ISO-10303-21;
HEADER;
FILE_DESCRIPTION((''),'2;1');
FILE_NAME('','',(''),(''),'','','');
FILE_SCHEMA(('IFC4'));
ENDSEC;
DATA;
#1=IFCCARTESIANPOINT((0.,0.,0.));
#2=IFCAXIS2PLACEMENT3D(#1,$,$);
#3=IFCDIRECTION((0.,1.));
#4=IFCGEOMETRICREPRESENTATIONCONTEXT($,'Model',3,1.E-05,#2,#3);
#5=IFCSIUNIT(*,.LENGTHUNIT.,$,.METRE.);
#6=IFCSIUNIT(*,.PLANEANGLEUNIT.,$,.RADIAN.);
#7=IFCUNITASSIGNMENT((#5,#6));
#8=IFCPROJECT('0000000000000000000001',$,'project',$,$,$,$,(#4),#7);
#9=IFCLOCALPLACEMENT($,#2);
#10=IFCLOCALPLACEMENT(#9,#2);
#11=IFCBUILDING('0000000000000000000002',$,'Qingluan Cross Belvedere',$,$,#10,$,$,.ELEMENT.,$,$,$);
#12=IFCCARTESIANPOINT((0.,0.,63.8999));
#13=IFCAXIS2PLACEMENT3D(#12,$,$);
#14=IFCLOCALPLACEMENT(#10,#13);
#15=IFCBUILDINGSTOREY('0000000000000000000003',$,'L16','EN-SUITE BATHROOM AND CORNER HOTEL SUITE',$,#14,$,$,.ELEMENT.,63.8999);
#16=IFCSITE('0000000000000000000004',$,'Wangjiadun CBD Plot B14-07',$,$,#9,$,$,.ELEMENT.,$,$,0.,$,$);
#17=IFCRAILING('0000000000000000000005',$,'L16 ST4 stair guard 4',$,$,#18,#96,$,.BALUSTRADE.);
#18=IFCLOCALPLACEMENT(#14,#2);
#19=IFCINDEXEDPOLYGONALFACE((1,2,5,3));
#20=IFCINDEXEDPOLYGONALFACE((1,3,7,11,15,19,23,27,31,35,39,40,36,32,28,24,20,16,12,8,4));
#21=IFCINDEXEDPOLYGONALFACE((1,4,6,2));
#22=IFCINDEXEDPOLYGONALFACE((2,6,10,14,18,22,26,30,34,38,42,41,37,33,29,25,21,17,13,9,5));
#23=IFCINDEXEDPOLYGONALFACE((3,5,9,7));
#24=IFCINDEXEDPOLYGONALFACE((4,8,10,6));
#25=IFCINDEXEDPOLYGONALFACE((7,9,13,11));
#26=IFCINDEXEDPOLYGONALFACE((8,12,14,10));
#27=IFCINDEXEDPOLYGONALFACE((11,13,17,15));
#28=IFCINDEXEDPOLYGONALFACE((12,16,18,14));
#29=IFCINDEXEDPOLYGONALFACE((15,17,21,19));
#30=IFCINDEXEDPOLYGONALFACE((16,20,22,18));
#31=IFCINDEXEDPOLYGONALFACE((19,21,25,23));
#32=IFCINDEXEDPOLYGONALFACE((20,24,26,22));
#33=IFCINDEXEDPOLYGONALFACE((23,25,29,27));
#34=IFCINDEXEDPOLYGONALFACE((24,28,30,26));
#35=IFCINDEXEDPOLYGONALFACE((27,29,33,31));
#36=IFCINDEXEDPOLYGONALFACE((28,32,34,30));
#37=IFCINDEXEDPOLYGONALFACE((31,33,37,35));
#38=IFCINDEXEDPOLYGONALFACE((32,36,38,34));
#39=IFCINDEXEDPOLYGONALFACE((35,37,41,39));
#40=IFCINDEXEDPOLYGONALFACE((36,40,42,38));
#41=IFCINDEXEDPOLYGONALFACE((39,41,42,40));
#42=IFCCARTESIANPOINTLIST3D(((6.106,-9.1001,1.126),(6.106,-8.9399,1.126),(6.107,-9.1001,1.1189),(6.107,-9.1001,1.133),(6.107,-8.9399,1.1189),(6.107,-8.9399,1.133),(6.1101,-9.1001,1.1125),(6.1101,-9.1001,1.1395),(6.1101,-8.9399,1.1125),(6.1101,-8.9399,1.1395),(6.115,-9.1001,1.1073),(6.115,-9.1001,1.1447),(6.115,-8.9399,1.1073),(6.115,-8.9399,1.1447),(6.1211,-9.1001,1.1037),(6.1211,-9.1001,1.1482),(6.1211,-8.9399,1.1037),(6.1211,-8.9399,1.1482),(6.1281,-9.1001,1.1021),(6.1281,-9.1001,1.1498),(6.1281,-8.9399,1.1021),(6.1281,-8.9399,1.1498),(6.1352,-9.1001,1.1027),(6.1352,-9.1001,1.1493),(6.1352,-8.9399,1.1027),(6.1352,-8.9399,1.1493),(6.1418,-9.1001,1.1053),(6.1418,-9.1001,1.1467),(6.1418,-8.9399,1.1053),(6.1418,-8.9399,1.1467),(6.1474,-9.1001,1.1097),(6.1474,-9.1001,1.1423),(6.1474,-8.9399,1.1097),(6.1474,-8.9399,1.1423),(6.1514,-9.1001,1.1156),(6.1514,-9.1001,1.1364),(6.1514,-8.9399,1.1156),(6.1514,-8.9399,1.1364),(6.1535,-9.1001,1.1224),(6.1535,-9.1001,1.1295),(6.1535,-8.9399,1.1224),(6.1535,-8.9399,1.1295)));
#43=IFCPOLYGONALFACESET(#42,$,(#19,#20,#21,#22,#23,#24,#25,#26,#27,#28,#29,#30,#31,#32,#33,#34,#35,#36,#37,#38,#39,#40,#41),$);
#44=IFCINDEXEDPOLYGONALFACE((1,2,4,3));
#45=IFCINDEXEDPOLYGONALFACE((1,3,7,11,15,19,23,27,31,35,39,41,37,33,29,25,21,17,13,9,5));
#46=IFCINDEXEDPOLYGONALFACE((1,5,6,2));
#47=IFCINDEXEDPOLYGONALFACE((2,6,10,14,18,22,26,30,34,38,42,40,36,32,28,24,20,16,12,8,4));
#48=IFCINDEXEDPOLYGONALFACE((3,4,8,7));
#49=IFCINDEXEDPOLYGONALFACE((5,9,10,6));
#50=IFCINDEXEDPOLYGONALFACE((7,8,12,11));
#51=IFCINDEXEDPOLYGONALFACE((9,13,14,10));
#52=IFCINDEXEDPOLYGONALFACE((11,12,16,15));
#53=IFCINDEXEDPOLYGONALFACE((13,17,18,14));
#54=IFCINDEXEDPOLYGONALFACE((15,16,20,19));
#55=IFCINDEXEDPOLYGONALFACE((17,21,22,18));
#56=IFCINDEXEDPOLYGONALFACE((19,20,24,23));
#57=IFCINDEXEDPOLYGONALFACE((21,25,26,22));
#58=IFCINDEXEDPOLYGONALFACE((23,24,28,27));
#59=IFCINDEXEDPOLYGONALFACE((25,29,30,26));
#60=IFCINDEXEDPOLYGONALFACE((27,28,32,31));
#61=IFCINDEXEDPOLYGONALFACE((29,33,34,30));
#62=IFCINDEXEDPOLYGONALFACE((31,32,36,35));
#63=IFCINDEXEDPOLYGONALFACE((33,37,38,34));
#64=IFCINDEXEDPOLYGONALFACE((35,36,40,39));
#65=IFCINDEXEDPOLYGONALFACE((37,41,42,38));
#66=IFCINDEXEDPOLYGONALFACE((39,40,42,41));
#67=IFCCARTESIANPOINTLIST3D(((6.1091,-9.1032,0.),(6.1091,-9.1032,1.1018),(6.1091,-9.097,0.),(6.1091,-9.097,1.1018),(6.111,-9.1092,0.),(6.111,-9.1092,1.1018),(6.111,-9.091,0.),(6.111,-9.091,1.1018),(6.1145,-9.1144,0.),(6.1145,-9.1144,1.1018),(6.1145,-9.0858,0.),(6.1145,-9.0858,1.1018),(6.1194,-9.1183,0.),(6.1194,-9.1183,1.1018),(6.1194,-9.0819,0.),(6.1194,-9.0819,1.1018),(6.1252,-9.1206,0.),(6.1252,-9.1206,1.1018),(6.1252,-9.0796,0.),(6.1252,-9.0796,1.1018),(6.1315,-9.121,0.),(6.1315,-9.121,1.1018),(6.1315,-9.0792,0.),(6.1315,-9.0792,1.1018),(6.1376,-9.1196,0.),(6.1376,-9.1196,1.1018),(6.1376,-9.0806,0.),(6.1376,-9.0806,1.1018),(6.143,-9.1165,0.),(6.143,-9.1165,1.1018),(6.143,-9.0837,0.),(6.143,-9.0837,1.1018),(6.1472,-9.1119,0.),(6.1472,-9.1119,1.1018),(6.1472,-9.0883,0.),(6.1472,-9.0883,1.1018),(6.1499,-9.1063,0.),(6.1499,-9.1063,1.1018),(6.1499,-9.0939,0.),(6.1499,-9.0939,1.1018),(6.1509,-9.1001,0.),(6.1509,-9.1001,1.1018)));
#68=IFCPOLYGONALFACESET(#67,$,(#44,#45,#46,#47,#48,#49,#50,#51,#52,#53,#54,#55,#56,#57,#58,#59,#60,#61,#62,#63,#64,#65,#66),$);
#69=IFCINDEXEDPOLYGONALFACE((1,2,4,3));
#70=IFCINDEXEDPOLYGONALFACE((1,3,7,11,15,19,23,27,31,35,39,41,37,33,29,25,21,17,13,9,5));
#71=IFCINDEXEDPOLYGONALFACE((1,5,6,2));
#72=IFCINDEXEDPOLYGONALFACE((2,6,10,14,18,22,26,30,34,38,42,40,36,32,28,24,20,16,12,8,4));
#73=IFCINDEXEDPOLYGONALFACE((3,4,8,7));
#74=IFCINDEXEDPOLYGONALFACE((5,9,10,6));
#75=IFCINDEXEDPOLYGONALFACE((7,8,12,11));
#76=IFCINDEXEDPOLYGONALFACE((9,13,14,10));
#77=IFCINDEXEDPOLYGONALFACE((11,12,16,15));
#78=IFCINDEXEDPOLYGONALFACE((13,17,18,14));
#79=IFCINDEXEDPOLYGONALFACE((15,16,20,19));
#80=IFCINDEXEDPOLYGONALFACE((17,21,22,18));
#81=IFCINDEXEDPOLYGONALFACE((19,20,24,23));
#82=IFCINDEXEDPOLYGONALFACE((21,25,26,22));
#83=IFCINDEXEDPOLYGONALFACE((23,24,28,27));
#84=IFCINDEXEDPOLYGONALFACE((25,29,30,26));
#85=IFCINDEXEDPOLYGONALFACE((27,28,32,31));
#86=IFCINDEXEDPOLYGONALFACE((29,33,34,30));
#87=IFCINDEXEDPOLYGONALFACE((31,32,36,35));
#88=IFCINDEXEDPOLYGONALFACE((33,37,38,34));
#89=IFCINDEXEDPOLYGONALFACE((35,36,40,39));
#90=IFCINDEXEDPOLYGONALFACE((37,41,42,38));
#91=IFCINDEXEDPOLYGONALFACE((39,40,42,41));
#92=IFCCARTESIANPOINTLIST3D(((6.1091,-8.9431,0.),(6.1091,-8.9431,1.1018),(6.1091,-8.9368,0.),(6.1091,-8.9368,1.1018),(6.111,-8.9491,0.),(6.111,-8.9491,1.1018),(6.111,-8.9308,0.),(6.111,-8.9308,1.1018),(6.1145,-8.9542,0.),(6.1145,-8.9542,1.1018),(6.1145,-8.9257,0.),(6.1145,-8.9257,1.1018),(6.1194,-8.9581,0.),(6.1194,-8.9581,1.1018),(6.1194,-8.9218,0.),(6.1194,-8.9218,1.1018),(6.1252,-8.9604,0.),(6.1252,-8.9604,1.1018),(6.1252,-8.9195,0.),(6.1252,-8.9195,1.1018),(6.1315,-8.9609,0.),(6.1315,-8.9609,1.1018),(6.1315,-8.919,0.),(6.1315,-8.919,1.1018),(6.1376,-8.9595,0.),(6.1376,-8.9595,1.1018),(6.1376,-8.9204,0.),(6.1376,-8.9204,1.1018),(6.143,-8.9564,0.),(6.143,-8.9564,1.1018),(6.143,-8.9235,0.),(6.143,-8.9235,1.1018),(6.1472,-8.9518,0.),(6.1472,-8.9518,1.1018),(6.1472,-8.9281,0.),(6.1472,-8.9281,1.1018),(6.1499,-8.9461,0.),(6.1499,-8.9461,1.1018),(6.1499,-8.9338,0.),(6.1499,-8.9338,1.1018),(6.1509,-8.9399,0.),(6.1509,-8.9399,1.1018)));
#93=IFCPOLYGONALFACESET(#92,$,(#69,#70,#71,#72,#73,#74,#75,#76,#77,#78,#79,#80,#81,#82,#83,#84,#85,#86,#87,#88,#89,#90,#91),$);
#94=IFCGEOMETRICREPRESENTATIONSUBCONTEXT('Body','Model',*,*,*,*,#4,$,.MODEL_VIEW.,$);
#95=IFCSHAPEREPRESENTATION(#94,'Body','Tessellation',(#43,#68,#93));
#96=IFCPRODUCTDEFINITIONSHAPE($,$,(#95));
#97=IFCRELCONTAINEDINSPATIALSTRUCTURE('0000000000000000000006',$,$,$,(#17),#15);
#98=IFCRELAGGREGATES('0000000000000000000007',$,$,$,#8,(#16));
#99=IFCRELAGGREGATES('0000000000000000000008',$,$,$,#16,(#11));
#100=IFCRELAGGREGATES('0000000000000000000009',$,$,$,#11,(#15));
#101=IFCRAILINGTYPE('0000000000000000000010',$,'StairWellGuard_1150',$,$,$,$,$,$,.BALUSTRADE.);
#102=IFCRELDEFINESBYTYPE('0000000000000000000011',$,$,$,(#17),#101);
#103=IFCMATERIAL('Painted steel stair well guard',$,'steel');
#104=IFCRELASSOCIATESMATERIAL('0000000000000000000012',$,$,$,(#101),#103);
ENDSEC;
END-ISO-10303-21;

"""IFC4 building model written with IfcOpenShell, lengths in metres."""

from ifc_helpers import new_model, si_unit, direction, frame, origin, origin_2d, place, context, subcontext, project, spatial, circle, extrude, material, type_object, element, save


model = new_model("IFC4")

# Units and contexts
model_context = context("Model", 3, precision=1e-05, world=origin(), true_north=direction((0.0, 1.0)))
body_context = subcontext(model_context, "Body", "Model", "MODEL_VIEW")
ifc_project = project(units=[si_unit("LENGTHUNIT", "METRE"), si_unit("PLANEANGLEUNIT", "RADIAN")], contexts=[model_context])

# Site, building, storey
site_placement = place(None, origin())
site = spatial("IfcSite", under=ifc_project, at=site_placement, Name="Wangjiadun CBD Plot B14-07", CompositionType="ELEMENT", RefElevation=0.0)
building_placement = place(site_placement, origin())
building = spatial("IfcBuilding", under=site, at=building_placement, Name="Qingluan Cross Belvedere", CompositionType="ELEMENT")
storey_placement = place(building_placement, frame((0.0, 0.0, 63.8999)))
storey = spatial("IfcBuildingStorey", under=building, at=storey_placement, Name="L16", Description="EN-SUITE BATHROOM AND CORNER HOTEL SUITE", CompositionType="ELEMENT", Elevation=63.8999)

# Railing
ifc_material_1 = material(Name="Painted steel stair well guard", Category="steel")
railing_type_1 = type_object("IfcRailingType", Name="StairWellGuard_1150", PredefinedType="BALUSTRADE", material=ifc_material_1)
railing_1_placement = place(storey_placement, frame((6.1299, -9.1001, 0.0)))
element("IfcRailing", 1, at=railing_1_placement, inside=storey, type_object=railing_type_1, Name="L16 ST4 stair guard 4", PredefinedType="BALUSTRADE", context=body_context, shape_type="SweptSolid", body=[
    extrude(circle(Radius=0.0239, at=origin_2d()), frame((0.0, 0.0, 1.126), z_axis=(0.0, 1.0, 0.0), x_axis=(-1.0, 0.0, 0.0)), (0.0, 0.0, 1.0), 0.1602),
    extrude(circle(Radius=0.021, at=origin_2d()), origin(), (0.0, 0.0, 1.0), 1.1018),
    extrude(circle(Radius=0.021, at=origin_2d()), frame((0.0, 0.1602, 0.0)), (0.0, 0.0, 1.0), 1.1018),
])

save(model, "model.ifc")
